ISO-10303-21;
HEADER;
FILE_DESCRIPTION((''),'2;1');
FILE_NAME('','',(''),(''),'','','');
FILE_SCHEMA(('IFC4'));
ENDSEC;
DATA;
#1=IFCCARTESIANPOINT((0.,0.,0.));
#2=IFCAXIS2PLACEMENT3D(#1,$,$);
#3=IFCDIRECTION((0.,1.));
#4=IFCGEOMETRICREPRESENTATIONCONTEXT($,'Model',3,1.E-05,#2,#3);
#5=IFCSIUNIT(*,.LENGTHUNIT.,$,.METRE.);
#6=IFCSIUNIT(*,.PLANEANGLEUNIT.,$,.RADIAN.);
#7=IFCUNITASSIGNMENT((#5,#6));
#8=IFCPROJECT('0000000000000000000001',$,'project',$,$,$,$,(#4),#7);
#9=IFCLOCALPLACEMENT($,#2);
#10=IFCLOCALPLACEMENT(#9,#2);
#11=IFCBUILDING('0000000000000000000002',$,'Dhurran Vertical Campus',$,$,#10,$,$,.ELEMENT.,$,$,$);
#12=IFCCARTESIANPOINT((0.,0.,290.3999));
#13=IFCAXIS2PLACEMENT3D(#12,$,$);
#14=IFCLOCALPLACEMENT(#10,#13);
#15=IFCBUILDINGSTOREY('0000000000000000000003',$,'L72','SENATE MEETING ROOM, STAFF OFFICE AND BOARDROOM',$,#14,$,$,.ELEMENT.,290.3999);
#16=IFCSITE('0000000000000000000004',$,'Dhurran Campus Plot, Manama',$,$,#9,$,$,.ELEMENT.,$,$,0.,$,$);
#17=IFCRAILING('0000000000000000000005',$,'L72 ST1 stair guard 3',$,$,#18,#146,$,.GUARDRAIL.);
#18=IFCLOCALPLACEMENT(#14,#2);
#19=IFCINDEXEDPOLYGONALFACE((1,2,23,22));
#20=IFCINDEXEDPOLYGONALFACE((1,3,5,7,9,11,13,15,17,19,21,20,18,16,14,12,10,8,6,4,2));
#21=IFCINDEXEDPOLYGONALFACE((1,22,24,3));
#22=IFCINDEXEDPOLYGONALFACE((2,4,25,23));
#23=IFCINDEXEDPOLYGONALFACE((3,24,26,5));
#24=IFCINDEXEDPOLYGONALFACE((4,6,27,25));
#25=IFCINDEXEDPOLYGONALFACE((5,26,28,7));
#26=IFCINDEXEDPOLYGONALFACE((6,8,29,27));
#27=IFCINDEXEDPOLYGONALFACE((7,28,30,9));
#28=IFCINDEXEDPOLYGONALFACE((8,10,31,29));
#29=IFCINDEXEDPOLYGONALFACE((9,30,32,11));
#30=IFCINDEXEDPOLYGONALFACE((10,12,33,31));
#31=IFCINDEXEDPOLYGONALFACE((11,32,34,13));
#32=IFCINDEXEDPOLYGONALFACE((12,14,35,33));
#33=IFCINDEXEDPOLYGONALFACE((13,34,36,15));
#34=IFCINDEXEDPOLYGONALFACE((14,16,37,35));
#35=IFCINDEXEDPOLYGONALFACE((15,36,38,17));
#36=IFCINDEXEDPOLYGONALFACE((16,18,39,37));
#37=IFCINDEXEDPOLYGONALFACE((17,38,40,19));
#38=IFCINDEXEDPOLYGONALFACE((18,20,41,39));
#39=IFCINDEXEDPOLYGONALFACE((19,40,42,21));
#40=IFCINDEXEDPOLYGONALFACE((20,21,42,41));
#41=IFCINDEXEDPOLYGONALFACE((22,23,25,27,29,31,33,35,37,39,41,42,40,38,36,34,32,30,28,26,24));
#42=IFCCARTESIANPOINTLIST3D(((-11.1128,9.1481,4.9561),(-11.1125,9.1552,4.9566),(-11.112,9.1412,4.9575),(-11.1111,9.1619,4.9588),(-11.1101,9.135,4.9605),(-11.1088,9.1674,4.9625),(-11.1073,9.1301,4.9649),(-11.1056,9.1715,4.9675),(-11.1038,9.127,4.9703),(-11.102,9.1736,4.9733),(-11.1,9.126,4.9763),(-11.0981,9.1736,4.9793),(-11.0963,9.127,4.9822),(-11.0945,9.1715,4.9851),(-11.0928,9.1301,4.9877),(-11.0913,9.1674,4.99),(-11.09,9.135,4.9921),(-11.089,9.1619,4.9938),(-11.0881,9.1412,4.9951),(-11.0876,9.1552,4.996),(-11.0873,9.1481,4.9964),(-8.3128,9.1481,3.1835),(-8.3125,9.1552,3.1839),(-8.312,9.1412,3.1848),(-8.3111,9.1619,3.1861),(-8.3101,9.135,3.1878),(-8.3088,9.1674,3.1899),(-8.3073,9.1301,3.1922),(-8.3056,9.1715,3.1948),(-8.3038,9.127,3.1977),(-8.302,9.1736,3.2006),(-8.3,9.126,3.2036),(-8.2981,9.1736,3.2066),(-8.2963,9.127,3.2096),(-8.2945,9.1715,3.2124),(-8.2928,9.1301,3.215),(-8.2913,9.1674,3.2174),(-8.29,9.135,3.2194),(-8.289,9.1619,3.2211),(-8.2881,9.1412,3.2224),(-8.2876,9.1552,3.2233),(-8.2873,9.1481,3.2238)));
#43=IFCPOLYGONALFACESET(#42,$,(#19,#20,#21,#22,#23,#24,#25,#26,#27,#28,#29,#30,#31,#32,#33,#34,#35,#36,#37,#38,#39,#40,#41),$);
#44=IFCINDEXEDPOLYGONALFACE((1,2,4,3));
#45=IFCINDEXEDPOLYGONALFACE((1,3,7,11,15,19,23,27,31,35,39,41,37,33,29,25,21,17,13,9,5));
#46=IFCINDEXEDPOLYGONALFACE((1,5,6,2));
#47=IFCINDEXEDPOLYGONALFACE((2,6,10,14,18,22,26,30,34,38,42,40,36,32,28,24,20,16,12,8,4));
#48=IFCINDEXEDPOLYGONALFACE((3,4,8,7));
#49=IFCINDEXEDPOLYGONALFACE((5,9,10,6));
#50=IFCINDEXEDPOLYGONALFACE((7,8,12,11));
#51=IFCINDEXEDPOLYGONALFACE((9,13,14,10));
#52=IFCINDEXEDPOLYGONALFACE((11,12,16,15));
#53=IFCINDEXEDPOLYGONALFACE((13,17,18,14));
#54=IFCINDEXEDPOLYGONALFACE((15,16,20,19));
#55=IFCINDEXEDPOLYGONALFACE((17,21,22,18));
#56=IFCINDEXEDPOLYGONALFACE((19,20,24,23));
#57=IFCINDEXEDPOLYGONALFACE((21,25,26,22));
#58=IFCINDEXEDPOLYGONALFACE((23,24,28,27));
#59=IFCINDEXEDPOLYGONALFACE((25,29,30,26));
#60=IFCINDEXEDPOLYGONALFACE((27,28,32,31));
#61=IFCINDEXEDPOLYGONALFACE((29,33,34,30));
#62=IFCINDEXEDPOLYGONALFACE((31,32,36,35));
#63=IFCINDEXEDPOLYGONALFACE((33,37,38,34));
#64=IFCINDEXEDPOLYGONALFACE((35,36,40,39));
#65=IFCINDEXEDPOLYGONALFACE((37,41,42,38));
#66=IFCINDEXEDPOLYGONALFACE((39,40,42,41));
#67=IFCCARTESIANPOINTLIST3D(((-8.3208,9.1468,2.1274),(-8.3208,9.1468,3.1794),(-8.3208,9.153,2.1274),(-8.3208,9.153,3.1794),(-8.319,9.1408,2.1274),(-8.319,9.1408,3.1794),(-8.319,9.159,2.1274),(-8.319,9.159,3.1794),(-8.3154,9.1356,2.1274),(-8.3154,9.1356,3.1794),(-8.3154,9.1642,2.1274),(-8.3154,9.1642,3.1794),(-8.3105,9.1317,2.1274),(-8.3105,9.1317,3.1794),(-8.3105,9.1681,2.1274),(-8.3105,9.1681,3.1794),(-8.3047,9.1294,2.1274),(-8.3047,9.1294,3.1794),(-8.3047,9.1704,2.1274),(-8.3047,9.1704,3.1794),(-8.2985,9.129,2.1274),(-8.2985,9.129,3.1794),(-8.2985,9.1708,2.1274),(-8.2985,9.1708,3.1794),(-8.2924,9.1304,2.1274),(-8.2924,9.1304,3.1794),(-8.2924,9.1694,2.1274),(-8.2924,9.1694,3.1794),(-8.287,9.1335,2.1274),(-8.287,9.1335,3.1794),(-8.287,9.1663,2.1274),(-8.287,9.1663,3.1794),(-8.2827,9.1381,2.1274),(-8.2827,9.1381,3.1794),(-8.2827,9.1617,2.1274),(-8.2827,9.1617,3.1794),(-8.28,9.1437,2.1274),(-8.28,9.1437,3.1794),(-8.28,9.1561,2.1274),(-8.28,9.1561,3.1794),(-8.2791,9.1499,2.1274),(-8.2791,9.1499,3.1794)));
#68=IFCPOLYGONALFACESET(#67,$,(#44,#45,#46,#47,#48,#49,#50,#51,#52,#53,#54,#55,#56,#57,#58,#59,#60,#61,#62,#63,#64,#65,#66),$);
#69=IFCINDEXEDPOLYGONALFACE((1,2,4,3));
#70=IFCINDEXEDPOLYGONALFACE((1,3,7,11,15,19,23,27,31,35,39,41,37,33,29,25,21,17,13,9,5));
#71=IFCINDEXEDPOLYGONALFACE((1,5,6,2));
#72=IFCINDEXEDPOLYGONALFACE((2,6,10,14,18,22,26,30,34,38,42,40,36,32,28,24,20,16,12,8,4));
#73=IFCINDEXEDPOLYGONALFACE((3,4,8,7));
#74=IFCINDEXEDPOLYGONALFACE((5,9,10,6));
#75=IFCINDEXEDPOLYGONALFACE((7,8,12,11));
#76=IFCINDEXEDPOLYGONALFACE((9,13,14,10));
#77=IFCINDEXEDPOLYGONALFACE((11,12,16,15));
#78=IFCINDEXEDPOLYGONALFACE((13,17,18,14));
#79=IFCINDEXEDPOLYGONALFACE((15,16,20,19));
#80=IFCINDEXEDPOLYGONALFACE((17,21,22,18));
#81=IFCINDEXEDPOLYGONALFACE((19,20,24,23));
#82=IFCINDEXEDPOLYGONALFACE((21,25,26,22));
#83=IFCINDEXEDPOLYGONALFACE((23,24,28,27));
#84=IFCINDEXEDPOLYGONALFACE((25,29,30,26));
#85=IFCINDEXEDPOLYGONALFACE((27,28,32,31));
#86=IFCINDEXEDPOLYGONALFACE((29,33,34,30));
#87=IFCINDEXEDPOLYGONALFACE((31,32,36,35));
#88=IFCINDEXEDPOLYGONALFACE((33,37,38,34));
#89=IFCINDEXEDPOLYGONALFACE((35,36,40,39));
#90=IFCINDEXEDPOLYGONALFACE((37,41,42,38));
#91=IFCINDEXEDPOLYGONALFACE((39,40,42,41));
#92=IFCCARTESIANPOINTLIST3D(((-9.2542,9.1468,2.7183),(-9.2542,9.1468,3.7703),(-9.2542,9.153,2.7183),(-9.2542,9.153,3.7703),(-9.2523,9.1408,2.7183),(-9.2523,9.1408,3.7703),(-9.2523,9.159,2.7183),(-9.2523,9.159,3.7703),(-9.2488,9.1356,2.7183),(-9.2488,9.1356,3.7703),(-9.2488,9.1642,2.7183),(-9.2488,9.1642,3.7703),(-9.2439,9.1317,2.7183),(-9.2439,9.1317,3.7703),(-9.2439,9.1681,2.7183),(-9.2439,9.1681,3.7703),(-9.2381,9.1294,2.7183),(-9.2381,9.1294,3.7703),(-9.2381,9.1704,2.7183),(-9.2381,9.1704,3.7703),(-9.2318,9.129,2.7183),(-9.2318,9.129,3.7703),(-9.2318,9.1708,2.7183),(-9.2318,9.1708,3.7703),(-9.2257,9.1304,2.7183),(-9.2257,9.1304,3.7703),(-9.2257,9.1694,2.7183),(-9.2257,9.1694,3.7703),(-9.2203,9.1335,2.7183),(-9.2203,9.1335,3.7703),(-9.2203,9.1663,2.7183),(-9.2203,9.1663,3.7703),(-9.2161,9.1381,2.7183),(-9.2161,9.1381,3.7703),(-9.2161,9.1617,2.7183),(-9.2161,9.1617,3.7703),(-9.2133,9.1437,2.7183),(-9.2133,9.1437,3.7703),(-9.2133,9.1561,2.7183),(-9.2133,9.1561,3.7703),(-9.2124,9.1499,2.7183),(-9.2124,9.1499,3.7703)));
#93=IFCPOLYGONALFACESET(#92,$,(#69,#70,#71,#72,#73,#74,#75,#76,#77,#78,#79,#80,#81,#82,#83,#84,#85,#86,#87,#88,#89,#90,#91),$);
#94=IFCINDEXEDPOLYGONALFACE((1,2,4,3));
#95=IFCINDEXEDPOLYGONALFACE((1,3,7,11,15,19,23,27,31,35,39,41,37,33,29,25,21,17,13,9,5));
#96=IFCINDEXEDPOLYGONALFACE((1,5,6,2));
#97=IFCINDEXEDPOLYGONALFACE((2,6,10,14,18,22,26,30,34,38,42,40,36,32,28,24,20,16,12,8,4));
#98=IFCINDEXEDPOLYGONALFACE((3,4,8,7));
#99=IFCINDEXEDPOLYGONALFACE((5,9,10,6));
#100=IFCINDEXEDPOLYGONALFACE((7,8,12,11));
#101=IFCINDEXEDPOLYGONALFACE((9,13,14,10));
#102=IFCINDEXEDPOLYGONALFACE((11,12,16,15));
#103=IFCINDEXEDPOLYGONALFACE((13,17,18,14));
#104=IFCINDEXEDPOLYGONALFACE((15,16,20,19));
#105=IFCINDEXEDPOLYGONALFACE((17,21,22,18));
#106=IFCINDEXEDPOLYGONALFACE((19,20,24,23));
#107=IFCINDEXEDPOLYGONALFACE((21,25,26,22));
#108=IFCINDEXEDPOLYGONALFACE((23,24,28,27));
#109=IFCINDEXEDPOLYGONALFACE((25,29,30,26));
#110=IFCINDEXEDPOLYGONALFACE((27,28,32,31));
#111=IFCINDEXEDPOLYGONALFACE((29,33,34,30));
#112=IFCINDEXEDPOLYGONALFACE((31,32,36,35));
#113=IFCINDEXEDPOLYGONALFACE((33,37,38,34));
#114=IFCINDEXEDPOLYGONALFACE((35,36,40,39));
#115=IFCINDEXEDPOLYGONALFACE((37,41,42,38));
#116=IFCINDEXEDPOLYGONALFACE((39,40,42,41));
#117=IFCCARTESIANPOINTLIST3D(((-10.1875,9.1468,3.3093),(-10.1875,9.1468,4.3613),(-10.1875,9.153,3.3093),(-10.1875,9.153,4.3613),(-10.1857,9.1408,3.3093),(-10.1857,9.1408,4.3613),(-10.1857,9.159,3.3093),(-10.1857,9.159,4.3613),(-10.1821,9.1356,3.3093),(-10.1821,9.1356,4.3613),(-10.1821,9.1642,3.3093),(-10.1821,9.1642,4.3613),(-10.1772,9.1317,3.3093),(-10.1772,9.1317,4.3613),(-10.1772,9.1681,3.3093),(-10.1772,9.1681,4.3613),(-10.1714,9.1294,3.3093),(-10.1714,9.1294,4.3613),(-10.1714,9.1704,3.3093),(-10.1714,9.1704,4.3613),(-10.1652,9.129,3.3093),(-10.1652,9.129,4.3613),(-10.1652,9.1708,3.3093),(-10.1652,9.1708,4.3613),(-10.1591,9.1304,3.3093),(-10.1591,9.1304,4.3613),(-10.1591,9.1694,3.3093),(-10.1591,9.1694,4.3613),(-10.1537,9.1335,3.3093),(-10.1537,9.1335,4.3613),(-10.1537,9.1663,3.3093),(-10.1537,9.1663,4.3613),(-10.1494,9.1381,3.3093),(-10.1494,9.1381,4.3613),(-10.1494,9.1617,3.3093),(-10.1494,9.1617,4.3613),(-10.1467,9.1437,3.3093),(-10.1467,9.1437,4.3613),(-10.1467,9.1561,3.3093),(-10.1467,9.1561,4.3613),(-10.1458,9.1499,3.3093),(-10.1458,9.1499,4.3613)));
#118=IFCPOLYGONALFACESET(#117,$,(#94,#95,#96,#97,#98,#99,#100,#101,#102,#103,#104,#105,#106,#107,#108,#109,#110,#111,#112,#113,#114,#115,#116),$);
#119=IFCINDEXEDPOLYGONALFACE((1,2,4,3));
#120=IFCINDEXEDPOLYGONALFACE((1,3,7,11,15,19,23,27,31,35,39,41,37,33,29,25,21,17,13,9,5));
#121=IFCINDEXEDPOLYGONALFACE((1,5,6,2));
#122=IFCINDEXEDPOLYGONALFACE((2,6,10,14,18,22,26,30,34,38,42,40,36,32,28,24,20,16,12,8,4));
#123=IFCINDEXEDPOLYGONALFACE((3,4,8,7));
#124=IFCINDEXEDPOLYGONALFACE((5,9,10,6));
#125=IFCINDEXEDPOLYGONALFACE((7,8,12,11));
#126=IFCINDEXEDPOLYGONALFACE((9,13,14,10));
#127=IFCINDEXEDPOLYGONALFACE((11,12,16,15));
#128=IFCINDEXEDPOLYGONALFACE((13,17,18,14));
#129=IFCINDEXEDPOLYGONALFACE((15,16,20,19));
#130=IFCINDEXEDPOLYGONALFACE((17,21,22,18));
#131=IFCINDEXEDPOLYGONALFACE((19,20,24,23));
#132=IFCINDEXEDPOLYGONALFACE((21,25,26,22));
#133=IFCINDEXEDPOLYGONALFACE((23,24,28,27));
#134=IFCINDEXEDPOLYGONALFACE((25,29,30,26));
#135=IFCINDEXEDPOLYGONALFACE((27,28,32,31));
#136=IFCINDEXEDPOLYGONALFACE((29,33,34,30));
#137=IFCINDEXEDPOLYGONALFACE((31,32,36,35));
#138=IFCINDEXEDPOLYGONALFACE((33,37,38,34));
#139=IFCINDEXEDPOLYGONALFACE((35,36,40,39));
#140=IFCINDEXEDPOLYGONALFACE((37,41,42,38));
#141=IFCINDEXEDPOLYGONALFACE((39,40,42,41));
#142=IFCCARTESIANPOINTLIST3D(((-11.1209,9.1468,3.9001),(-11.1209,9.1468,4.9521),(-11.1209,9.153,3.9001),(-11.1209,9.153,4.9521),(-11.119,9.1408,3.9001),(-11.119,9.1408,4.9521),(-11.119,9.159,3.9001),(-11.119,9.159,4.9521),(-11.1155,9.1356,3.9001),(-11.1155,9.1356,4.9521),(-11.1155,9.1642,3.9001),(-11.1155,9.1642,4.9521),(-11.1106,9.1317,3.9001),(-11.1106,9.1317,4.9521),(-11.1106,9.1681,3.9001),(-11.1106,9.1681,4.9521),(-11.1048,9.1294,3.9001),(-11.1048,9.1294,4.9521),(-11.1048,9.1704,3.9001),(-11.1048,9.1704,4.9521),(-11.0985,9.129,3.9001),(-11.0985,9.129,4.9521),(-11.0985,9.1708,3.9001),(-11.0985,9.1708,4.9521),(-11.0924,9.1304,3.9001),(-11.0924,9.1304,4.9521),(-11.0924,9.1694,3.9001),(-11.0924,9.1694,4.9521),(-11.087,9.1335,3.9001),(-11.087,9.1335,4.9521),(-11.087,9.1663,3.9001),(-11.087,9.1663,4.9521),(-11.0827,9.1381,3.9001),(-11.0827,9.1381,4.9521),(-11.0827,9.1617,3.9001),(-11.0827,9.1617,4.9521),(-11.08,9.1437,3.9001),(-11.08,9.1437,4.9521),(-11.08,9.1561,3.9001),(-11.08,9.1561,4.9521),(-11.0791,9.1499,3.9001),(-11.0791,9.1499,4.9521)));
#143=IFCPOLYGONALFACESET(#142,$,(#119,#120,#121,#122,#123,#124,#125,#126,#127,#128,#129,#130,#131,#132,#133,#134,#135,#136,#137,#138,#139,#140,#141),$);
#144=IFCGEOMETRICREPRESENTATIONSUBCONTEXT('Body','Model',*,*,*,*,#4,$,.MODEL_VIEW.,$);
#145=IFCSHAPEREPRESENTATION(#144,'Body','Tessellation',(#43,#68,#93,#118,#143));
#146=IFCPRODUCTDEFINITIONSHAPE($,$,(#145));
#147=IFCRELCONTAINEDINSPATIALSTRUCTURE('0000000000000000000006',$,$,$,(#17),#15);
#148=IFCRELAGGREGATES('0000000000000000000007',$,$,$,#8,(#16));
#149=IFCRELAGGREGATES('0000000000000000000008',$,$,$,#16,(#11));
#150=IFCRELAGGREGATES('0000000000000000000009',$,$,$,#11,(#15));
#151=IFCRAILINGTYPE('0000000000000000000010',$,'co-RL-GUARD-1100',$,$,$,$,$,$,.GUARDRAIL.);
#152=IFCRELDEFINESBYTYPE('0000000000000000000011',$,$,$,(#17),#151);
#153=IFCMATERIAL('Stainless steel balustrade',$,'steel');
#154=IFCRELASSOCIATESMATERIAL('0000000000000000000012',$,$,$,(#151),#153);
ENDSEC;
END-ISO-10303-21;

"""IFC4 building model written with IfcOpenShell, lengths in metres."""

from ifc_helpers import new_model, si_unit, direction, frame, origin, origin_2d, place, context, subcontext, project, spatial, circle, extrude, material, type_object, element, save


model = new_model("IFC4")

# Units and contexts
model_context = context("Model", 3, precision=1e-05, world=origin(), true_north=direction((0.0, 1.0)))
body_context = subcontext(model_context, "Body", "Model", "MODEL_VIEW")
ifc_project = project(units=[si_unit("LENGTHUNIT", "METRE"), si_unit("PLANEANGLEUNIT", "RADIAN")], contexts=[model_context])

# Site, building, storey
site_placement = place(None, origin())
site = spatial("IfcSite", under=ifc_project, at=site_placement, Name="Dhurran Campus Plot, Manama", CompositionType="ELEMENT", RefElevation=0.0)
building_placement = place(site_placement, origin())
building = spatial("IfcBuilding", under=site, at=building_placement, Name="Dhurran Vertical Campus", CompositionType="ELEMENT")
storey_placement = place(building_placement, frame((0.0, 0.0, 290.3999)))
storey = spatial("IfcBuildingStorey", under=building, at=storey_placement, Name="L72", Description="SENATE MEETING ROOM, STAFF OFFICE AND BOARDROOM", CompositionType="ELEMENT", Elevation=290.3999)

# Railing
ifc_material_1 = material(Name="Stainless steel balustrade", Category="steel")
railing_type_1 = type_object("IfcRailingType", Name="co-RL-GUARD-1100", PredefinedType="GUARDRAIL", material=ifc_material_1)
railing_1_placement = place(storey_placement, frame((-8.3, 9.1499, 2.1274)))
element("IfcRailing", 1, at=railing_1_placement, inside=storey, type_object=railing_type_1, Name="L72 ST1 stair guard 3", PredefinedType="GUARDRAIL", context=body_context, shape_type="SweptSolid", body=[
    extrude(circle(Radius=0.0239, at=origin_2d()), frame((0.0, 0.0, 1.0762), z_axis=(-0.844909, 0.0, 0.53491), x_axis=(0.0, -1.0, 0.0)), (0.0, 0.0, 1.0), 3.314),
    extrude(circle(Radius=0.021, at=origin_2d()), origin(), (0.0, 0.0, 1.0), 1.052),
    extrude(circle(Radius=0.021, at=origin_2d()), frame((-0.9333, 0.0, 0.5908)), (0.0, 0.0, 1.0), 1.052),
    extrude(circle(Radius=0.021, at=origin_2d()), frame((-1.8667, 0.0, 1.1819)), (0.0, 0.0, 1.0), 1.052),
    extrude(circle(Radius=0.021, at=origin_2d()), frame((-2.8, 0.0, 1.7727)), (0.0, 0.0, 1.0), 1.052),
])

save(model, "model.ifc")
